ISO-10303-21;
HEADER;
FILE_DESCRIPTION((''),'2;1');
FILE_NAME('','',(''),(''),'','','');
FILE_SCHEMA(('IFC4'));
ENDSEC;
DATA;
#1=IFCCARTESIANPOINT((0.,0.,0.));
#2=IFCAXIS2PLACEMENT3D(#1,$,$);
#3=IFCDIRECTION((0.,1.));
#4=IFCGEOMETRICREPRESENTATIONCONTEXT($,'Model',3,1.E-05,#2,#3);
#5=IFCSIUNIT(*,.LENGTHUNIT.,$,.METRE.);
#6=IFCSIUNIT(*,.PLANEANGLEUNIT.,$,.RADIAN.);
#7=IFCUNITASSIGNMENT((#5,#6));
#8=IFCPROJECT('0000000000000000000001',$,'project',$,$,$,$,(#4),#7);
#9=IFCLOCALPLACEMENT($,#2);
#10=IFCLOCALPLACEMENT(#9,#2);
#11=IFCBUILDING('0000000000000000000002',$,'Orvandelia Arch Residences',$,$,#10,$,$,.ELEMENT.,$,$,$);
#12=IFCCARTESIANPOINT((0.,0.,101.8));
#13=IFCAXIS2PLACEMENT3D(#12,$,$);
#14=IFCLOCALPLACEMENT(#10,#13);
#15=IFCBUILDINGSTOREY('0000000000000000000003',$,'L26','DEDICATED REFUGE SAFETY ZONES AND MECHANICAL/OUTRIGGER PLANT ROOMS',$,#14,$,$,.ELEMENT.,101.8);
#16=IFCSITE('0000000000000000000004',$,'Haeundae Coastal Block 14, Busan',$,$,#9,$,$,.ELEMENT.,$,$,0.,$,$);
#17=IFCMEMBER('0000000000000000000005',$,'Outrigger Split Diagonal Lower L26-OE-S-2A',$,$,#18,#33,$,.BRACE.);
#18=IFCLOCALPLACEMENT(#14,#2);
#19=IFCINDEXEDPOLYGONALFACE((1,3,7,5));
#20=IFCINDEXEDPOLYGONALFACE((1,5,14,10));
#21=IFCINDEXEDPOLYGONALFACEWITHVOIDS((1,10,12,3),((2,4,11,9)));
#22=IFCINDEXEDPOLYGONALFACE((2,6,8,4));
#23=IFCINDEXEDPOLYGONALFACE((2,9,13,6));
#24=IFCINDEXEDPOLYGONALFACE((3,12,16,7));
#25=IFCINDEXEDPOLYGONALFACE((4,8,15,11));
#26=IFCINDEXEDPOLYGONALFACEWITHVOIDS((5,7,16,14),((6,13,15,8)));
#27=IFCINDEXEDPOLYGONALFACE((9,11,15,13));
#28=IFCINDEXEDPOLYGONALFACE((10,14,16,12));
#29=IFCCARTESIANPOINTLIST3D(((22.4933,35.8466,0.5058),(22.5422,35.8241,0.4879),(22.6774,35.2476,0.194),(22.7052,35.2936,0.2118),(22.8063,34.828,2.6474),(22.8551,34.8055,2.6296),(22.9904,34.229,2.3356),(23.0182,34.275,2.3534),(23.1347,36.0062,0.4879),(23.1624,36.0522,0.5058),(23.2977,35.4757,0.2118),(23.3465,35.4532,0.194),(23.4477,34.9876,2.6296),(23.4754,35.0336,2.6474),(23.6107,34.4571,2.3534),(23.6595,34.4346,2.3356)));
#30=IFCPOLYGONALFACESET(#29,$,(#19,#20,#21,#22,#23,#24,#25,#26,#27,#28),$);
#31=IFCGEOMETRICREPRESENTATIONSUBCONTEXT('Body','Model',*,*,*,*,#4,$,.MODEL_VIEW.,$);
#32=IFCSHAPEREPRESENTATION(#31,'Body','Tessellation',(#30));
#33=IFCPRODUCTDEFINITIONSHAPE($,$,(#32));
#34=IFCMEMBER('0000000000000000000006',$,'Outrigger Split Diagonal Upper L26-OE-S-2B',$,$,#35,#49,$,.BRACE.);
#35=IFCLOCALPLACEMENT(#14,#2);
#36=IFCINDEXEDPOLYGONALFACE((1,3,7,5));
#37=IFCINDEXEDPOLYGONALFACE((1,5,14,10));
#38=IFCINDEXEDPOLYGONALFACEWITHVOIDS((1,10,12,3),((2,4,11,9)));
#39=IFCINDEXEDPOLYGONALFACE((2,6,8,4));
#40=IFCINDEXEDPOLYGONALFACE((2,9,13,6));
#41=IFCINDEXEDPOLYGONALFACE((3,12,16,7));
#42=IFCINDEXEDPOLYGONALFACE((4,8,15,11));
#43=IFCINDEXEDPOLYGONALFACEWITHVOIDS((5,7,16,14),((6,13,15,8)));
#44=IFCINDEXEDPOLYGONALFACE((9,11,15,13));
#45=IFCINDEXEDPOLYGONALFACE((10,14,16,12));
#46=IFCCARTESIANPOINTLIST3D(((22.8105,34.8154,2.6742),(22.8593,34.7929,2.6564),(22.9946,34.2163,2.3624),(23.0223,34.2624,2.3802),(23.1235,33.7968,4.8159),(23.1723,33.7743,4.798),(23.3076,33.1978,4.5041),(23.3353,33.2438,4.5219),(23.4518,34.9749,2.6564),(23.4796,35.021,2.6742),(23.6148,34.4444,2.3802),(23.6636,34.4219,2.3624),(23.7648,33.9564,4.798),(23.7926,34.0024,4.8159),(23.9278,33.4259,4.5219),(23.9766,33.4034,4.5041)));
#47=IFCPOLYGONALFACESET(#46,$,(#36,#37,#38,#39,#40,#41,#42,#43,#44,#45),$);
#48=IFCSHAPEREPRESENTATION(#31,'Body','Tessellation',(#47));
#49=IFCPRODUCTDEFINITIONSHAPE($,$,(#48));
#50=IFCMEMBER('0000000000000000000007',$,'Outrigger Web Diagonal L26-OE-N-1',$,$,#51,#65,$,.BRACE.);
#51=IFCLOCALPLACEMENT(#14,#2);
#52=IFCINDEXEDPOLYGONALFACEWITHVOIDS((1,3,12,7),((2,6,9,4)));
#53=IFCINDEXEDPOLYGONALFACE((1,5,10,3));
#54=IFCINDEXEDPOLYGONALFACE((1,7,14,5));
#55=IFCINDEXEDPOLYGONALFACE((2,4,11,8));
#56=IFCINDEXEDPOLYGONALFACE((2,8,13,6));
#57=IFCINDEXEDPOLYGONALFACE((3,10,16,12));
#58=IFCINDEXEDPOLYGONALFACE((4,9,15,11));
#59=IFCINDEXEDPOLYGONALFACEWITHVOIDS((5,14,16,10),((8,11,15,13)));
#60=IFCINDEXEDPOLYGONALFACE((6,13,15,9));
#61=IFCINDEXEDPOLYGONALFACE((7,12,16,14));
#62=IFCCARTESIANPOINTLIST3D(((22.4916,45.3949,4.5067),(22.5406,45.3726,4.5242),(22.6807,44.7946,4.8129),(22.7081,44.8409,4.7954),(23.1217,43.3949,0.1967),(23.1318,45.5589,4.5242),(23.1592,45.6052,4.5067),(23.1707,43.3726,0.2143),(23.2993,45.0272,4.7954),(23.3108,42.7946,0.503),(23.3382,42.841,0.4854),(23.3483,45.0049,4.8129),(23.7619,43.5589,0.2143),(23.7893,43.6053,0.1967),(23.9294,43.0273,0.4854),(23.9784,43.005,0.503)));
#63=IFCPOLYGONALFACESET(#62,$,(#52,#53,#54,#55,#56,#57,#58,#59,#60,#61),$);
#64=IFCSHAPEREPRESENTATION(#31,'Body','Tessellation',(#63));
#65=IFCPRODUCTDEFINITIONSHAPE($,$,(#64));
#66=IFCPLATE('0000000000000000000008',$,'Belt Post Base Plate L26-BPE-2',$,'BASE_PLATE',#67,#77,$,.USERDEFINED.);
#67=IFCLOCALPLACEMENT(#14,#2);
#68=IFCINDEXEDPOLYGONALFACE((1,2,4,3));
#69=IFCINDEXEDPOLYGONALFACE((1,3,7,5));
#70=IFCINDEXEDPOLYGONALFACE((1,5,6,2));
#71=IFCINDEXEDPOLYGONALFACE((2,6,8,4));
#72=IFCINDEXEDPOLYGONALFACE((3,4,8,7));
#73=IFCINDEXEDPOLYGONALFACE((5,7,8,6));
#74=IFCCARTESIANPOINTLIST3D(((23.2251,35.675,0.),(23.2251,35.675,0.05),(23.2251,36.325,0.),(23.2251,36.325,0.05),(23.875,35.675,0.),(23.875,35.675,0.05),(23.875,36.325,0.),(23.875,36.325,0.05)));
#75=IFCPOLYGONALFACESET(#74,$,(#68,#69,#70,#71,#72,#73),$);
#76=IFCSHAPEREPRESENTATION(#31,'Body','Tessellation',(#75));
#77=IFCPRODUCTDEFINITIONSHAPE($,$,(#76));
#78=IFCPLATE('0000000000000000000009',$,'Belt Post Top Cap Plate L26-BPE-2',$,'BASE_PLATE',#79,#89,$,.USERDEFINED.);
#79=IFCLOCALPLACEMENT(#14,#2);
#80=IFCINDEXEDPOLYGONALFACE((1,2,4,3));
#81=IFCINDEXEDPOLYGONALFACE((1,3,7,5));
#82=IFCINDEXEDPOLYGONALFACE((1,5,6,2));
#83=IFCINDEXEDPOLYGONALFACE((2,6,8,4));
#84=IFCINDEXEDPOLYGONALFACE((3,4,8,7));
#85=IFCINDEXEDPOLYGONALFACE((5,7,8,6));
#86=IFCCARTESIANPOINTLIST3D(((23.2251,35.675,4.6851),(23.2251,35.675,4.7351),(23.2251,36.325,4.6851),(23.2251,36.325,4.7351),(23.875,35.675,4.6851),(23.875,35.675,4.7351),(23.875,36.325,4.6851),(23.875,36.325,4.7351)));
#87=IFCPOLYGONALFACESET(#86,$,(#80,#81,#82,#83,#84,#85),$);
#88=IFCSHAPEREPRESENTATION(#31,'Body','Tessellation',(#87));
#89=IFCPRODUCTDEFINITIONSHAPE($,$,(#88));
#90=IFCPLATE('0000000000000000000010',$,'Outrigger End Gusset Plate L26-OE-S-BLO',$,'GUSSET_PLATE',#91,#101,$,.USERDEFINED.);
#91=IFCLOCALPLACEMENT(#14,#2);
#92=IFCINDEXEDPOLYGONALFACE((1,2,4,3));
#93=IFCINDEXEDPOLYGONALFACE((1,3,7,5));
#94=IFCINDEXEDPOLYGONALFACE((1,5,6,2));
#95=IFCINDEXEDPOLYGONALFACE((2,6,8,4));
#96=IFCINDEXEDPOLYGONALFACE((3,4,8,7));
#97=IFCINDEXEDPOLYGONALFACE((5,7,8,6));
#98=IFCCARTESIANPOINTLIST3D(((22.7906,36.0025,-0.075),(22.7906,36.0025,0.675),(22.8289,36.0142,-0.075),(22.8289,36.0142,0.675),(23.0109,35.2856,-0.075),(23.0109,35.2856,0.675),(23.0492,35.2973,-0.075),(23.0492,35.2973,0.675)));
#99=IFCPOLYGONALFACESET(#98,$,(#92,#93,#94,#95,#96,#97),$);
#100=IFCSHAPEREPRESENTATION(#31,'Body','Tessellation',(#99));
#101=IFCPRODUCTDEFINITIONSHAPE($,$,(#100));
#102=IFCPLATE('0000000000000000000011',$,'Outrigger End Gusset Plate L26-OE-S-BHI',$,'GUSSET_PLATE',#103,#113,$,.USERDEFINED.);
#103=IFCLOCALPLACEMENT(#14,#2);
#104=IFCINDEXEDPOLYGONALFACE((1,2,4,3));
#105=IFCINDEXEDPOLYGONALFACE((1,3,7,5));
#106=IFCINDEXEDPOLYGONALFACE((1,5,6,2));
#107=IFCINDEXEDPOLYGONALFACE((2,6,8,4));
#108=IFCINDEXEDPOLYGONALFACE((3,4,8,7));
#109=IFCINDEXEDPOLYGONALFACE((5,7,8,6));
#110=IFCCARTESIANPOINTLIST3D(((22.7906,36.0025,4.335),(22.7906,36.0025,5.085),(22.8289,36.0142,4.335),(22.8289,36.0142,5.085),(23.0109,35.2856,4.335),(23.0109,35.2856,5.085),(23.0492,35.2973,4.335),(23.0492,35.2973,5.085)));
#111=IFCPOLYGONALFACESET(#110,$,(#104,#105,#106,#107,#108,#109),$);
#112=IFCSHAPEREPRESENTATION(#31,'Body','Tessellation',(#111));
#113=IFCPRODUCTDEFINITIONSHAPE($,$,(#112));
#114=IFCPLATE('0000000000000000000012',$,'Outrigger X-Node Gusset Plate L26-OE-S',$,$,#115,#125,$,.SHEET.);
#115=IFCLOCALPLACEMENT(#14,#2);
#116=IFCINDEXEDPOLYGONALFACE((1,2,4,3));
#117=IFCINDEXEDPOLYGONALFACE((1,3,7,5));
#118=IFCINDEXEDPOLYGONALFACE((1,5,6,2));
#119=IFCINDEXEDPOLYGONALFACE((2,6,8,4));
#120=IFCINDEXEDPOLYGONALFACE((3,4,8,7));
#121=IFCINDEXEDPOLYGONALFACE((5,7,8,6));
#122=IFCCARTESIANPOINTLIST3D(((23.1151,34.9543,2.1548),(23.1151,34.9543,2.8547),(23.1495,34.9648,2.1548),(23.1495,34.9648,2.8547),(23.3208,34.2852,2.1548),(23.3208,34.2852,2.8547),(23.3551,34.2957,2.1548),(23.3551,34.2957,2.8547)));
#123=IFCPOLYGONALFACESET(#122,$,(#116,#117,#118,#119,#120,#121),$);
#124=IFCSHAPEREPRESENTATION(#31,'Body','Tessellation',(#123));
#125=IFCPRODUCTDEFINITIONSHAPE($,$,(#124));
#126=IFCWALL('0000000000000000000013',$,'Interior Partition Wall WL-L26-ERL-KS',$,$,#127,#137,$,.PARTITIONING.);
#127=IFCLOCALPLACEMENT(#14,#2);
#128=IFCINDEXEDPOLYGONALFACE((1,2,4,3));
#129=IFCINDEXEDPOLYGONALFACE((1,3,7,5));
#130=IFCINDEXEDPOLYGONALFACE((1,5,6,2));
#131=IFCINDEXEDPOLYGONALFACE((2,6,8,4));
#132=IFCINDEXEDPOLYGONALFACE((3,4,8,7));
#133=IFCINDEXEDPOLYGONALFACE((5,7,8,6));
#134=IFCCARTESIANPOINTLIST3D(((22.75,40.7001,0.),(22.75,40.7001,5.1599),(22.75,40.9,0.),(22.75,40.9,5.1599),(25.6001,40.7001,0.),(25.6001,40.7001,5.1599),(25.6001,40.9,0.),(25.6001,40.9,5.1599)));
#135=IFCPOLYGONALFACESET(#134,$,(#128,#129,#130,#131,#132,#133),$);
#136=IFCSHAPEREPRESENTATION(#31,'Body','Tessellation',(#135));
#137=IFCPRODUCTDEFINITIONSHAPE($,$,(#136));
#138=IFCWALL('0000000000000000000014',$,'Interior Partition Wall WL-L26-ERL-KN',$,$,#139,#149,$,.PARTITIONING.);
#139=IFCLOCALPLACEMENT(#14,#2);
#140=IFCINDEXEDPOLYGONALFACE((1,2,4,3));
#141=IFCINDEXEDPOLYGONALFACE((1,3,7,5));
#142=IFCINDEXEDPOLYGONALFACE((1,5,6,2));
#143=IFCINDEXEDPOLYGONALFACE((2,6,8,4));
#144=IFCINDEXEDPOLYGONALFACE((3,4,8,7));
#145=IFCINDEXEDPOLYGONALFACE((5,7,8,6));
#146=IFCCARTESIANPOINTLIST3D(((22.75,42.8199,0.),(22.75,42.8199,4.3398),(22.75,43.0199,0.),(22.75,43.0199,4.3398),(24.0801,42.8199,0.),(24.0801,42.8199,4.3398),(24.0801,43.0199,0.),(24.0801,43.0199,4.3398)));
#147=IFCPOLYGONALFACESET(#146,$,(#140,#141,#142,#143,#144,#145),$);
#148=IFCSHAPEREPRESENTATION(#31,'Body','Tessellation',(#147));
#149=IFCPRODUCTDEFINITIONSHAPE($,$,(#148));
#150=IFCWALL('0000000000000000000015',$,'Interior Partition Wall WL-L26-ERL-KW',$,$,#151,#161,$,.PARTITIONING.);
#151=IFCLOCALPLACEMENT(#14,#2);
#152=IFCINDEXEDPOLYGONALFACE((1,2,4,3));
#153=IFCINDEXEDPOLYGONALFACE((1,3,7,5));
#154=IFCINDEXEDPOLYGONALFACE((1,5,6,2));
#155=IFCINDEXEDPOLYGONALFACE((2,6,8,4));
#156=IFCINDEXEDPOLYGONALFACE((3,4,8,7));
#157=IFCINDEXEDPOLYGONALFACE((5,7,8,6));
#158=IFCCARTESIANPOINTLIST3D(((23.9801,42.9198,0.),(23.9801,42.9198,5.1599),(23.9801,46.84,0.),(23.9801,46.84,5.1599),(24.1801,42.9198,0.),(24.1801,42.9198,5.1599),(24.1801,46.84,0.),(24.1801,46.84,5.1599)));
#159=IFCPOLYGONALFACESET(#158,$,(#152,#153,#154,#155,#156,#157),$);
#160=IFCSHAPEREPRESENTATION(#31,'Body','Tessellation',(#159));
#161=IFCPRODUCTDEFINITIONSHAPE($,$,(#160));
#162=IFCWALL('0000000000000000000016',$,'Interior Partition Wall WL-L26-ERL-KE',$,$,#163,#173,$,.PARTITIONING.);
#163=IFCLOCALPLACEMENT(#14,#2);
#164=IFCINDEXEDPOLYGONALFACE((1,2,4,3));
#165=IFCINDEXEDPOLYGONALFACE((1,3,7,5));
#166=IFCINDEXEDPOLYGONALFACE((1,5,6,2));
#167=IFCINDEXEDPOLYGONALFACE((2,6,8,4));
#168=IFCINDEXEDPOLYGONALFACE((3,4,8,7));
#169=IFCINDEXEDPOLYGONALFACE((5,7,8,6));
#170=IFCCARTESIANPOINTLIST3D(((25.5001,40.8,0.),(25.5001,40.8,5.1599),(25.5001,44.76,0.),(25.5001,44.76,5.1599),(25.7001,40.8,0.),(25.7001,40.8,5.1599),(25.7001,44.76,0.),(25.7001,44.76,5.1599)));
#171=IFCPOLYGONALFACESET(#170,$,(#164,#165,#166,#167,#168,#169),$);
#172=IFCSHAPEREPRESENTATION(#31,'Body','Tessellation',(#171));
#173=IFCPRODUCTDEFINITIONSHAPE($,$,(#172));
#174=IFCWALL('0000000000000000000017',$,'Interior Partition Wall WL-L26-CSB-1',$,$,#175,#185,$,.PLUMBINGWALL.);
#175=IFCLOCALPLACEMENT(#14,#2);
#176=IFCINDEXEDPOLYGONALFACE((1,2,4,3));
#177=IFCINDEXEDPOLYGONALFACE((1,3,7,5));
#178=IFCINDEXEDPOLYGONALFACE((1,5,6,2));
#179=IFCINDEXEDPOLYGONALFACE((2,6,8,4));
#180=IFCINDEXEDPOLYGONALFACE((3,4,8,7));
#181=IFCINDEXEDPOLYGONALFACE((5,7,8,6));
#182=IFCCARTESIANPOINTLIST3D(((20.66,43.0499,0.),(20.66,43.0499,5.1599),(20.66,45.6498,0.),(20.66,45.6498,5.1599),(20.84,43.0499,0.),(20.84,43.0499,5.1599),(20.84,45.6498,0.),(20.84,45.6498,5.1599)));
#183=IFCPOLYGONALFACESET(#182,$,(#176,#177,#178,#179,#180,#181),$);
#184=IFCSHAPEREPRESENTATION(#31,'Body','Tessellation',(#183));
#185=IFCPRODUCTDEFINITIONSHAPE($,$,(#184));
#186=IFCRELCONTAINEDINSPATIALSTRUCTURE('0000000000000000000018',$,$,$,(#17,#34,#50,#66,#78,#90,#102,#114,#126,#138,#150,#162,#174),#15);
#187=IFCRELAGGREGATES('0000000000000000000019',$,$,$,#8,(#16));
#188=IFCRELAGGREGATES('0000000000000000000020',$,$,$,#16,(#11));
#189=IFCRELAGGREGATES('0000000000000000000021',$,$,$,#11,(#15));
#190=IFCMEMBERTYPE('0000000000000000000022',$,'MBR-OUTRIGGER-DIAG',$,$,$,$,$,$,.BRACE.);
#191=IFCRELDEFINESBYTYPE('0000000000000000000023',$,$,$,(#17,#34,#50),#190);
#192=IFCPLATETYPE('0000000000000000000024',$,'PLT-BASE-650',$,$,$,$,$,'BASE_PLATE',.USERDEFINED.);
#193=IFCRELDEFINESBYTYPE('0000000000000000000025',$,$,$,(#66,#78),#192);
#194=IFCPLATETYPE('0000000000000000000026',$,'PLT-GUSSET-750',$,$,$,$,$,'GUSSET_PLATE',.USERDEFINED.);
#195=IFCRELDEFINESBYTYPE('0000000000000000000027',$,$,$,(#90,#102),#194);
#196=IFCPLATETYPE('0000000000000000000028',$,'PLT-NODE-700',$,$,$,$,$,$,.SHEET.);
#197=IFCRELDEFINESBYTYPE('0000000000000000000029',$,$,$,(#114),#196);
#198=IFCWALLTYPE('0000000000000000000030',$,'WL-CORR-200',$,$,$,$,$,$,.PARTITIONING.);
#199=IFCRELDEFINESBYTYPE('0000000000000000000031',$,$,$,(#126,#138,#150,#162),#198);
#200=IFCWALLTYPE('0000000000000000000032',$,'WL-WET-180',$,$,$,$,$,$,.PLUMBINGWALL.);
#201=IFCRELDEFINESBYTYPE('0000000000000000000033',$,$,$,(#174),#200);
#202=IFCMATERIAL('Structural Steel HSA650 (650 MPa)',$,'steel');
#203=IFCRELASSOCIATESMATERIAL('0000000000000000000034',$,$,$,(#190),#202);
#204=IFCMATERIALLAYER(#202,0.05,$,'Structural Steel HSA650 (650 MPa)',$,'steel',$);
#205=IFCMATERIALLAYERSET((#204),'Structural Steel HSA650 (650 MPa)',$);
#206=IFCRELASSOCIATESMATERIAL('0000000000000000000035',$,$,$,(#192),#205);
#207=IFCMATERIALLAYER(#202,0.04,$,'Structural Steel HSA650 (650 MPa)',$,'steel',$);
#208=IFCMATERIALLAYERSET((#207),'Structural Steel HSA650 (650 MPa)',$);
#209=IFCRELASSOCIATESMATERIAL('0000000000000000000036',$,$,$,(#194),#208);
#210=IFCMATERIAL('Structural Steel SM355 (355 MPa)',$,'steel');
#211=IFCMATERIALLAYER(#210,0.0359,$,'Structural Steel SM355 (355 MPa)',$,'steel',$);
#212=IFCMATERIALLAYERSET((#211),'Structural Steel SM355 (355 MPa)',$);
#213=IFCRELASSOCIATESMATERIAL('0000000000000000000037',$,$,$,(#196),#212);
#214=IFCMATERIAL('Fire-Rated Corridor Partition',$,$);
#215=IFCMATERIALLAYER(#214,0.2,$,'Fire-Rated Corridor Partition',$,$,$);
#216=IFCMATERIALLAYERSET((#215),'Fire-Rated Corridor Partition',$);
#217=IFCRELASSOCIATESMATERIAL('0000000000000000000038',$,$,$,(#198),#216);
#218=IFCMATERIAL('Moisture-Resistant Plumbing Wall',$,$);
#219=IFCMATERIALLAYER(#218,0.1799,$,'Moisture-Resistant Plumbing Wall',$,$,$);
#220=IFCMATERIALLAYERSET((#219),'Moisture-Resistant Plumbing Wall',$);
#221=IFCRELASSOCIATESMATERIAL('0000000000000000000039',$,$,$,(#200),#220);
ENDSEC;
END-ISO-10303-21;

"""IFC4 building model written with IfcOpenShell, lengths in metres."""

from ifc_helpers import new_model, si_unit, direction, frame, frame_2d, origin, origin_2d, place, context, subcontext, project, spatial, rectangle, hollow_rectangle, extrude, material, layer, layer_set, material_profile, profile_set, type_object, element, save


model = new_model("IFC4")

# Units and contexts
model_context = context("Model", 3, precision=1e-05, world=origin(), true_north=direction((0.0, 1.0)))
body_context = subcontext(model_context, "Body", "Model", "MODEL_VIEW")
ifc_project = project(units=[si_unit("LENGTHUNIT", "METRE"), si_unit("PLANEANGLEUNIT", "RADIAN")], contexts=[model_context])

# Site, building, storey
site_placement = place(None, origin())
site = spatial("IfcSite", under=ifc_project, at=site_placement, Name="Haeundae Coastal Block 14, Busan", CompositionType="ELEMENT", RefElevation=0.0)
building_placement = place(site_placement, origin())
building = spatial("IfcBuilding", under=site, at=building_placement, Name="Orvandelia Arch Residences", CompositionType="ELEMENT")
storey_placement = place(building_placement, frame((0.0, 0.0, 101.8)))
storey = spatial("IfcBuildingStorey", under=building, at=storey_placement, Name="L26", Description="DEDICATED REFUGE SAFETY ZONES AND MECHANICAL/OUTRIGGER PLANT ROOMS", CompositionType="ELEMENT", Elevation=101.8)

# Shared definitions
ifc_material_1 = material(Name="Structural Steel SM355 (355 MPa)", Category="steel")

# Members
ifc_material_2 = material(Name="Structural Steel HSA650 (650 MPa)", Category="steel")
ifc_material_profile_1 = material_profile(ifc_material_2, hollow_rectangle(XDim=0.7, YDim=0.7, WallThickness=0.04, at=origin_2d()), Name="Structural Steel HSA650 (650 MPa)", Category="steel")
ifc_profile_set_1 = profile_set([ifc_material_profile_1], Name="Structural Steel HSA650 (650 MPa)")
member_type_1 = type_object("IfcMemberType", Name="MBR-OUTRIGGER-DIAG", PredefinedType="BRACE", material=ifc_profile_set_1)
for number, where, z_axis, x_axis, name in (
    (1, (22.9199, 35.6499, 0.3499), (0.130846, -0.425809, 0.895302), (0.955888, 0.293732, 0.0), "Outrigger Split Diagonal Lower L26-OE-S-2A"),
    (2, (23.2371, 34.6187, 2.5183), (0.130846, -0.425809, 0.895302), (0.955888, 0.293732, 0.0), "Outrigger Split Diagonal Upper L26-OE-S-2B"),
):
    element("IfcMember", number, at=place(storey_placement, frame(where, z_axis=z_axis, x_axis=x_axis)), inside=storey, type_object=member_type_1, Name=name, PredefinedType="BRACE", context=body_context, shape_type="SweptSolid", body=[
        extrude(hollow_rectangle(XDim=0.7, YDim=0.7, WallThickness=0.04, at=origin_2d()), origin(), (0.0, 0.0, 1.0), 2.3921),
    ])
member_1_placement = place(storey_placement, frame((23.55, 43.2, 0.3499), z_axis=(-0.131466, 0.417268, 0.899224), x_axis=(-0.953781, -0.300502, 0.0)))
element("IfcMember", 3, at=member_1_placement, inside=storey, type_object=member_type_1, Name="Outrigger Web Diagonal L26-OE-N-1", PredefinedType="BRACE", context=body_context, shape_type="SweptSolid", body=[
    extrude(hollow_rectangle(XDim=0.7, YDim=0.7, WallThickness=0.04, at=origin_2d()), origin(), (0.0, 0.0, 1.0), 4.793),
])

# Plates
ifc_layer_1 = layer(ifc_material_2, 0.05, Name="Structural Steel HSA650 (650 MPa)", Category="steel")
ifc_layer_set_1 = layer_set([ifc_layer_1], Name="Structural Steel HSA650 (650 MPa)")
plate_type_1 = type_object("IfcPlateType", Name="PLT-BASE-650", ElementType="BASE_PLATE", PredefinedType="USERDEFINED", material=ifc_layer_set_1)
for number, where, z_axis, x_axis, name in (
    (4, (23.55, 36.0, 0.0), (0.0, 0.0, 1.0), (1.0, 0.0, 0.0), "Belt Post Base Plate L26-BPE-2"),
    (5, (23.55, 36.0, 4.6851), (0.0, 0.0, 1.0), (1.0, 0.0, 0.0), "Belt Post Top Cap Plate L26-BPE-2"),
):
    element("IfcPlate", number, at=place(storey_placement, frame(where, z_axis=z_axis, x_axis=x_axis)), inside=storey, type_object=plate_type_1, Name=name, ObjectType="BASE_PLATE", PredefinedType="USERDEFINED", context=body_context, shape_type="SweptSolid", body=[
        extrude(rectangle(XDim=0.6499, YDim=0.6499, at=origin_2d()), origin(), (0.0, 0.0, 1.0), 0.05),
    ])
ifc_layer_2 = layer(ifc_material_2, 0.04, Name="Structural Steel HSA650 (650 MPa)", Category="steel")
ifc_layer_set_2 = layer_set([ifc_layer_2], Name="Structural Steel HSA650 (650 MPa)")
plate_type_2 = type_object("IfcPlateType", Name="PLT-GUSSET-750", ElementType="GUSSET_PLATE", PredefinedType="USERDEFINED", material=ifc_layer_set_2)
for number, where, z_axis, x_axis, name in (
    (6, (22.9199, 35.6499, -0.075), (0.0, 0.0, 1.0), (-0.293757, 0.95588, 0.0), "Outrigger End Gusset Plate L26-OE-S-BLO"),
    (7, (22.9199, 35.6499, 4.335), (0.0, 0.0, 1.0), (-0.293757, 0.95588, 0.0), "Outrigger End Gusset Plate L26-OE-S-BHI"),
):
    element("IfcPlate", number, at=place(storey_placement, frame(where, z_axis=z_axis, x_axis=x_axis)), inside=storey, type_object=plate_type_2, Name=name, ObjectType="GUSSET_PLATE", PredefinedType="USERDEFINED", context=body_context, shape_type="SweptSolid", body=[
        extrude(rectangle(XDim=0.75, YDim=0.04, at=origin_2d()), origin(), (0.0, 0.0, 1.0), 0.75),
    ])
ifc_layer_3 = layer(ifc_material_1, 0.0359, Name="Structural Steel SM355 (355 MPa)", Category="steel")
ifc_layer_set_3 = layer_set([ifc_layer_3], Name="Structural Steel SM355 (355 MPa)")
plate_type_3 = type_object("IfcPlateType", Name="PLT-NODE-700", PredefinedType="SHEET", material=ifc_layer_set_3)
plate_placement = place(storey_placement, frame((23.2351, 34.625, 2.1548), z_axis=(0.0, 0.0, 1.0), x_axis=(-0.293757, 0.95588, 0.0)))
element("IfcPlate", 8, at=plate_placement, inside=storey, type_object=plate_type_3, Name="Outrigger X-Node Gusset Plate L26-OE-S", PredefinedType="SHEET", context=body_context, shape_type="SweptSolid", body=[
    extrude(rectangle(XDim=0.7, YDim=0.0359, at=origin_2d()), origin(), (0.0, 0.0, 1.0), 0.7),
])

# Walls
ifc_material_3 = material(Name="Fire-Rated Corridor Partition")
ifc_layer_4 = layer(ifc_material_3, 0.2, Name="Fire-Rated Corridor Partition")
ifc_layer_set_4 = layer_set([ifc_layer_4], Name="Fire-Rated Corridor Partition")
wall_type_1 = type_object("IfcWallType", Name="WL-CORR-200", PredefinedType="PARTITIONING", material=ifc_layer_set_4)
wall_1_placement = place(storey_placement, frame((22.75, 40.8, 0.0), z_axis=(0.0, 0.0, 1.0), x_axis=(1.0, 0.0, 0.0)))
element("IfcWall", 9, at=wall_1_placement, inside=storey, type_object=wall_type_1, Name="Interior Partition Wall WL-L26-ERL-KS", PredefinedType="PARTITIONING", context=body_context, shape_type="SweptSolid", body=[
    extrude(rectangle(XDim=2.8501, YDim=0.2, at=frame_2d((1.425, 0.0))), origin(), (0.0, 0.0, 1.0), 5.1599),
])
wall_2_placement = place(storey_placement, frame((22.75, 42.9199, 0.0), z_axis=(0.0, 0.0, 1.0), x_axis=(1.0, 0.0, 0.0)))
element("IfcWall", 10, at=wall_2_placement, inside=storey, type_object=wall_type_1, Name="Interior Partition Wall WL-L26-ERL-KN", PredefinedType="PARTITIONING", context=body_context, shape_type="SweptSolid", body=[
    extrude(rectangle(XDim=1.3301, YDim=0.2, at=frame_2d((0.665, 0.0))), origin(), (0.0, 0.0, 1.0), 4.3398),
])
wall_3_placement = place(storey_placement, frame((24.0801, 42.9199, 0.0), z_axis=(0.0, 0.0, 1.0), x_axis=(0.0, 1.0, 0.0)))
element("IfcWall", 11, at=wall_3_placement, inside=storey, type_object=wall_type_1, Name="Interior Partition Wall WL-L26-ERL-KW", PredefinedType="PARTITIONING", context=body_context, shape_type="SweptSolid", body=[
    extrude(rectangle(XDim=3.9202, YDim=0.2, at=frame_2d((1.96, 0.0))), origin(), (0.0, 0.0, 1.0), 5.1599),
])
wall_4_placement = place(storey_placement, frame((25.6001, 40.8, 0.0), z_axis=(0.0, 0.0, 1.0), x_axis=(0.0, 1.0, 0.0)))
element("IfcWall", 12, at=wall_4_placement, inside=storey, type_object=wall_type_1, Name="Interior Partition Wall WL-L26-ERL-KE", PredefinedType="PARTITIONING", context=body_context, shape_type="SweptSolid", body=[
    extrude(rectangle(XDim=3.96, YDim=0.2, at=frame_2d((1.98, 0.0))), origin(), (0.0, 0.0, 1.0), 5.1599),
])
ifc_material_4 = material(Name="Moisture-Resistant Plumbing Wall")
ifc_layer_5 = layer(ifc_material_4, 0.1799, Name="Moisture-Resistant Plumbing Wall")
ifc_layer_set_5 = layer_set([ifc_layer_5], Name="Moisture-Resistant Plumbing Wall")
wall_type_2 = type_object("IfcWallType", Name="WL-WET-180", PredefinedType="PLUMBINGWALL", material=ifc_layer_set_5)
wall_5_placement = place(storey_placement, frame((20.75, 43.05, 0.0), z_axis=(0.0, 0.0, 1.0), x_axis=(0.0, 1.0, 0.0)))
element("IfcWall", 13, at=wall_5_placement, inside=storey, type_object=wall_type_2, Name="Interior Partition Wall WL-L26-CSB-1", PredefinedType="PLUMBINGWALL", context=body_context, shape_type="SweptSolid", body=[
    extrude(rectangle(XDim=2.5999, YDim=0.1799, at=frame_2d((1.2998, 0.0))), origin(), (0.0, 0.0, 1.0), 5.1599),
])

save(model, "model.ifc")
